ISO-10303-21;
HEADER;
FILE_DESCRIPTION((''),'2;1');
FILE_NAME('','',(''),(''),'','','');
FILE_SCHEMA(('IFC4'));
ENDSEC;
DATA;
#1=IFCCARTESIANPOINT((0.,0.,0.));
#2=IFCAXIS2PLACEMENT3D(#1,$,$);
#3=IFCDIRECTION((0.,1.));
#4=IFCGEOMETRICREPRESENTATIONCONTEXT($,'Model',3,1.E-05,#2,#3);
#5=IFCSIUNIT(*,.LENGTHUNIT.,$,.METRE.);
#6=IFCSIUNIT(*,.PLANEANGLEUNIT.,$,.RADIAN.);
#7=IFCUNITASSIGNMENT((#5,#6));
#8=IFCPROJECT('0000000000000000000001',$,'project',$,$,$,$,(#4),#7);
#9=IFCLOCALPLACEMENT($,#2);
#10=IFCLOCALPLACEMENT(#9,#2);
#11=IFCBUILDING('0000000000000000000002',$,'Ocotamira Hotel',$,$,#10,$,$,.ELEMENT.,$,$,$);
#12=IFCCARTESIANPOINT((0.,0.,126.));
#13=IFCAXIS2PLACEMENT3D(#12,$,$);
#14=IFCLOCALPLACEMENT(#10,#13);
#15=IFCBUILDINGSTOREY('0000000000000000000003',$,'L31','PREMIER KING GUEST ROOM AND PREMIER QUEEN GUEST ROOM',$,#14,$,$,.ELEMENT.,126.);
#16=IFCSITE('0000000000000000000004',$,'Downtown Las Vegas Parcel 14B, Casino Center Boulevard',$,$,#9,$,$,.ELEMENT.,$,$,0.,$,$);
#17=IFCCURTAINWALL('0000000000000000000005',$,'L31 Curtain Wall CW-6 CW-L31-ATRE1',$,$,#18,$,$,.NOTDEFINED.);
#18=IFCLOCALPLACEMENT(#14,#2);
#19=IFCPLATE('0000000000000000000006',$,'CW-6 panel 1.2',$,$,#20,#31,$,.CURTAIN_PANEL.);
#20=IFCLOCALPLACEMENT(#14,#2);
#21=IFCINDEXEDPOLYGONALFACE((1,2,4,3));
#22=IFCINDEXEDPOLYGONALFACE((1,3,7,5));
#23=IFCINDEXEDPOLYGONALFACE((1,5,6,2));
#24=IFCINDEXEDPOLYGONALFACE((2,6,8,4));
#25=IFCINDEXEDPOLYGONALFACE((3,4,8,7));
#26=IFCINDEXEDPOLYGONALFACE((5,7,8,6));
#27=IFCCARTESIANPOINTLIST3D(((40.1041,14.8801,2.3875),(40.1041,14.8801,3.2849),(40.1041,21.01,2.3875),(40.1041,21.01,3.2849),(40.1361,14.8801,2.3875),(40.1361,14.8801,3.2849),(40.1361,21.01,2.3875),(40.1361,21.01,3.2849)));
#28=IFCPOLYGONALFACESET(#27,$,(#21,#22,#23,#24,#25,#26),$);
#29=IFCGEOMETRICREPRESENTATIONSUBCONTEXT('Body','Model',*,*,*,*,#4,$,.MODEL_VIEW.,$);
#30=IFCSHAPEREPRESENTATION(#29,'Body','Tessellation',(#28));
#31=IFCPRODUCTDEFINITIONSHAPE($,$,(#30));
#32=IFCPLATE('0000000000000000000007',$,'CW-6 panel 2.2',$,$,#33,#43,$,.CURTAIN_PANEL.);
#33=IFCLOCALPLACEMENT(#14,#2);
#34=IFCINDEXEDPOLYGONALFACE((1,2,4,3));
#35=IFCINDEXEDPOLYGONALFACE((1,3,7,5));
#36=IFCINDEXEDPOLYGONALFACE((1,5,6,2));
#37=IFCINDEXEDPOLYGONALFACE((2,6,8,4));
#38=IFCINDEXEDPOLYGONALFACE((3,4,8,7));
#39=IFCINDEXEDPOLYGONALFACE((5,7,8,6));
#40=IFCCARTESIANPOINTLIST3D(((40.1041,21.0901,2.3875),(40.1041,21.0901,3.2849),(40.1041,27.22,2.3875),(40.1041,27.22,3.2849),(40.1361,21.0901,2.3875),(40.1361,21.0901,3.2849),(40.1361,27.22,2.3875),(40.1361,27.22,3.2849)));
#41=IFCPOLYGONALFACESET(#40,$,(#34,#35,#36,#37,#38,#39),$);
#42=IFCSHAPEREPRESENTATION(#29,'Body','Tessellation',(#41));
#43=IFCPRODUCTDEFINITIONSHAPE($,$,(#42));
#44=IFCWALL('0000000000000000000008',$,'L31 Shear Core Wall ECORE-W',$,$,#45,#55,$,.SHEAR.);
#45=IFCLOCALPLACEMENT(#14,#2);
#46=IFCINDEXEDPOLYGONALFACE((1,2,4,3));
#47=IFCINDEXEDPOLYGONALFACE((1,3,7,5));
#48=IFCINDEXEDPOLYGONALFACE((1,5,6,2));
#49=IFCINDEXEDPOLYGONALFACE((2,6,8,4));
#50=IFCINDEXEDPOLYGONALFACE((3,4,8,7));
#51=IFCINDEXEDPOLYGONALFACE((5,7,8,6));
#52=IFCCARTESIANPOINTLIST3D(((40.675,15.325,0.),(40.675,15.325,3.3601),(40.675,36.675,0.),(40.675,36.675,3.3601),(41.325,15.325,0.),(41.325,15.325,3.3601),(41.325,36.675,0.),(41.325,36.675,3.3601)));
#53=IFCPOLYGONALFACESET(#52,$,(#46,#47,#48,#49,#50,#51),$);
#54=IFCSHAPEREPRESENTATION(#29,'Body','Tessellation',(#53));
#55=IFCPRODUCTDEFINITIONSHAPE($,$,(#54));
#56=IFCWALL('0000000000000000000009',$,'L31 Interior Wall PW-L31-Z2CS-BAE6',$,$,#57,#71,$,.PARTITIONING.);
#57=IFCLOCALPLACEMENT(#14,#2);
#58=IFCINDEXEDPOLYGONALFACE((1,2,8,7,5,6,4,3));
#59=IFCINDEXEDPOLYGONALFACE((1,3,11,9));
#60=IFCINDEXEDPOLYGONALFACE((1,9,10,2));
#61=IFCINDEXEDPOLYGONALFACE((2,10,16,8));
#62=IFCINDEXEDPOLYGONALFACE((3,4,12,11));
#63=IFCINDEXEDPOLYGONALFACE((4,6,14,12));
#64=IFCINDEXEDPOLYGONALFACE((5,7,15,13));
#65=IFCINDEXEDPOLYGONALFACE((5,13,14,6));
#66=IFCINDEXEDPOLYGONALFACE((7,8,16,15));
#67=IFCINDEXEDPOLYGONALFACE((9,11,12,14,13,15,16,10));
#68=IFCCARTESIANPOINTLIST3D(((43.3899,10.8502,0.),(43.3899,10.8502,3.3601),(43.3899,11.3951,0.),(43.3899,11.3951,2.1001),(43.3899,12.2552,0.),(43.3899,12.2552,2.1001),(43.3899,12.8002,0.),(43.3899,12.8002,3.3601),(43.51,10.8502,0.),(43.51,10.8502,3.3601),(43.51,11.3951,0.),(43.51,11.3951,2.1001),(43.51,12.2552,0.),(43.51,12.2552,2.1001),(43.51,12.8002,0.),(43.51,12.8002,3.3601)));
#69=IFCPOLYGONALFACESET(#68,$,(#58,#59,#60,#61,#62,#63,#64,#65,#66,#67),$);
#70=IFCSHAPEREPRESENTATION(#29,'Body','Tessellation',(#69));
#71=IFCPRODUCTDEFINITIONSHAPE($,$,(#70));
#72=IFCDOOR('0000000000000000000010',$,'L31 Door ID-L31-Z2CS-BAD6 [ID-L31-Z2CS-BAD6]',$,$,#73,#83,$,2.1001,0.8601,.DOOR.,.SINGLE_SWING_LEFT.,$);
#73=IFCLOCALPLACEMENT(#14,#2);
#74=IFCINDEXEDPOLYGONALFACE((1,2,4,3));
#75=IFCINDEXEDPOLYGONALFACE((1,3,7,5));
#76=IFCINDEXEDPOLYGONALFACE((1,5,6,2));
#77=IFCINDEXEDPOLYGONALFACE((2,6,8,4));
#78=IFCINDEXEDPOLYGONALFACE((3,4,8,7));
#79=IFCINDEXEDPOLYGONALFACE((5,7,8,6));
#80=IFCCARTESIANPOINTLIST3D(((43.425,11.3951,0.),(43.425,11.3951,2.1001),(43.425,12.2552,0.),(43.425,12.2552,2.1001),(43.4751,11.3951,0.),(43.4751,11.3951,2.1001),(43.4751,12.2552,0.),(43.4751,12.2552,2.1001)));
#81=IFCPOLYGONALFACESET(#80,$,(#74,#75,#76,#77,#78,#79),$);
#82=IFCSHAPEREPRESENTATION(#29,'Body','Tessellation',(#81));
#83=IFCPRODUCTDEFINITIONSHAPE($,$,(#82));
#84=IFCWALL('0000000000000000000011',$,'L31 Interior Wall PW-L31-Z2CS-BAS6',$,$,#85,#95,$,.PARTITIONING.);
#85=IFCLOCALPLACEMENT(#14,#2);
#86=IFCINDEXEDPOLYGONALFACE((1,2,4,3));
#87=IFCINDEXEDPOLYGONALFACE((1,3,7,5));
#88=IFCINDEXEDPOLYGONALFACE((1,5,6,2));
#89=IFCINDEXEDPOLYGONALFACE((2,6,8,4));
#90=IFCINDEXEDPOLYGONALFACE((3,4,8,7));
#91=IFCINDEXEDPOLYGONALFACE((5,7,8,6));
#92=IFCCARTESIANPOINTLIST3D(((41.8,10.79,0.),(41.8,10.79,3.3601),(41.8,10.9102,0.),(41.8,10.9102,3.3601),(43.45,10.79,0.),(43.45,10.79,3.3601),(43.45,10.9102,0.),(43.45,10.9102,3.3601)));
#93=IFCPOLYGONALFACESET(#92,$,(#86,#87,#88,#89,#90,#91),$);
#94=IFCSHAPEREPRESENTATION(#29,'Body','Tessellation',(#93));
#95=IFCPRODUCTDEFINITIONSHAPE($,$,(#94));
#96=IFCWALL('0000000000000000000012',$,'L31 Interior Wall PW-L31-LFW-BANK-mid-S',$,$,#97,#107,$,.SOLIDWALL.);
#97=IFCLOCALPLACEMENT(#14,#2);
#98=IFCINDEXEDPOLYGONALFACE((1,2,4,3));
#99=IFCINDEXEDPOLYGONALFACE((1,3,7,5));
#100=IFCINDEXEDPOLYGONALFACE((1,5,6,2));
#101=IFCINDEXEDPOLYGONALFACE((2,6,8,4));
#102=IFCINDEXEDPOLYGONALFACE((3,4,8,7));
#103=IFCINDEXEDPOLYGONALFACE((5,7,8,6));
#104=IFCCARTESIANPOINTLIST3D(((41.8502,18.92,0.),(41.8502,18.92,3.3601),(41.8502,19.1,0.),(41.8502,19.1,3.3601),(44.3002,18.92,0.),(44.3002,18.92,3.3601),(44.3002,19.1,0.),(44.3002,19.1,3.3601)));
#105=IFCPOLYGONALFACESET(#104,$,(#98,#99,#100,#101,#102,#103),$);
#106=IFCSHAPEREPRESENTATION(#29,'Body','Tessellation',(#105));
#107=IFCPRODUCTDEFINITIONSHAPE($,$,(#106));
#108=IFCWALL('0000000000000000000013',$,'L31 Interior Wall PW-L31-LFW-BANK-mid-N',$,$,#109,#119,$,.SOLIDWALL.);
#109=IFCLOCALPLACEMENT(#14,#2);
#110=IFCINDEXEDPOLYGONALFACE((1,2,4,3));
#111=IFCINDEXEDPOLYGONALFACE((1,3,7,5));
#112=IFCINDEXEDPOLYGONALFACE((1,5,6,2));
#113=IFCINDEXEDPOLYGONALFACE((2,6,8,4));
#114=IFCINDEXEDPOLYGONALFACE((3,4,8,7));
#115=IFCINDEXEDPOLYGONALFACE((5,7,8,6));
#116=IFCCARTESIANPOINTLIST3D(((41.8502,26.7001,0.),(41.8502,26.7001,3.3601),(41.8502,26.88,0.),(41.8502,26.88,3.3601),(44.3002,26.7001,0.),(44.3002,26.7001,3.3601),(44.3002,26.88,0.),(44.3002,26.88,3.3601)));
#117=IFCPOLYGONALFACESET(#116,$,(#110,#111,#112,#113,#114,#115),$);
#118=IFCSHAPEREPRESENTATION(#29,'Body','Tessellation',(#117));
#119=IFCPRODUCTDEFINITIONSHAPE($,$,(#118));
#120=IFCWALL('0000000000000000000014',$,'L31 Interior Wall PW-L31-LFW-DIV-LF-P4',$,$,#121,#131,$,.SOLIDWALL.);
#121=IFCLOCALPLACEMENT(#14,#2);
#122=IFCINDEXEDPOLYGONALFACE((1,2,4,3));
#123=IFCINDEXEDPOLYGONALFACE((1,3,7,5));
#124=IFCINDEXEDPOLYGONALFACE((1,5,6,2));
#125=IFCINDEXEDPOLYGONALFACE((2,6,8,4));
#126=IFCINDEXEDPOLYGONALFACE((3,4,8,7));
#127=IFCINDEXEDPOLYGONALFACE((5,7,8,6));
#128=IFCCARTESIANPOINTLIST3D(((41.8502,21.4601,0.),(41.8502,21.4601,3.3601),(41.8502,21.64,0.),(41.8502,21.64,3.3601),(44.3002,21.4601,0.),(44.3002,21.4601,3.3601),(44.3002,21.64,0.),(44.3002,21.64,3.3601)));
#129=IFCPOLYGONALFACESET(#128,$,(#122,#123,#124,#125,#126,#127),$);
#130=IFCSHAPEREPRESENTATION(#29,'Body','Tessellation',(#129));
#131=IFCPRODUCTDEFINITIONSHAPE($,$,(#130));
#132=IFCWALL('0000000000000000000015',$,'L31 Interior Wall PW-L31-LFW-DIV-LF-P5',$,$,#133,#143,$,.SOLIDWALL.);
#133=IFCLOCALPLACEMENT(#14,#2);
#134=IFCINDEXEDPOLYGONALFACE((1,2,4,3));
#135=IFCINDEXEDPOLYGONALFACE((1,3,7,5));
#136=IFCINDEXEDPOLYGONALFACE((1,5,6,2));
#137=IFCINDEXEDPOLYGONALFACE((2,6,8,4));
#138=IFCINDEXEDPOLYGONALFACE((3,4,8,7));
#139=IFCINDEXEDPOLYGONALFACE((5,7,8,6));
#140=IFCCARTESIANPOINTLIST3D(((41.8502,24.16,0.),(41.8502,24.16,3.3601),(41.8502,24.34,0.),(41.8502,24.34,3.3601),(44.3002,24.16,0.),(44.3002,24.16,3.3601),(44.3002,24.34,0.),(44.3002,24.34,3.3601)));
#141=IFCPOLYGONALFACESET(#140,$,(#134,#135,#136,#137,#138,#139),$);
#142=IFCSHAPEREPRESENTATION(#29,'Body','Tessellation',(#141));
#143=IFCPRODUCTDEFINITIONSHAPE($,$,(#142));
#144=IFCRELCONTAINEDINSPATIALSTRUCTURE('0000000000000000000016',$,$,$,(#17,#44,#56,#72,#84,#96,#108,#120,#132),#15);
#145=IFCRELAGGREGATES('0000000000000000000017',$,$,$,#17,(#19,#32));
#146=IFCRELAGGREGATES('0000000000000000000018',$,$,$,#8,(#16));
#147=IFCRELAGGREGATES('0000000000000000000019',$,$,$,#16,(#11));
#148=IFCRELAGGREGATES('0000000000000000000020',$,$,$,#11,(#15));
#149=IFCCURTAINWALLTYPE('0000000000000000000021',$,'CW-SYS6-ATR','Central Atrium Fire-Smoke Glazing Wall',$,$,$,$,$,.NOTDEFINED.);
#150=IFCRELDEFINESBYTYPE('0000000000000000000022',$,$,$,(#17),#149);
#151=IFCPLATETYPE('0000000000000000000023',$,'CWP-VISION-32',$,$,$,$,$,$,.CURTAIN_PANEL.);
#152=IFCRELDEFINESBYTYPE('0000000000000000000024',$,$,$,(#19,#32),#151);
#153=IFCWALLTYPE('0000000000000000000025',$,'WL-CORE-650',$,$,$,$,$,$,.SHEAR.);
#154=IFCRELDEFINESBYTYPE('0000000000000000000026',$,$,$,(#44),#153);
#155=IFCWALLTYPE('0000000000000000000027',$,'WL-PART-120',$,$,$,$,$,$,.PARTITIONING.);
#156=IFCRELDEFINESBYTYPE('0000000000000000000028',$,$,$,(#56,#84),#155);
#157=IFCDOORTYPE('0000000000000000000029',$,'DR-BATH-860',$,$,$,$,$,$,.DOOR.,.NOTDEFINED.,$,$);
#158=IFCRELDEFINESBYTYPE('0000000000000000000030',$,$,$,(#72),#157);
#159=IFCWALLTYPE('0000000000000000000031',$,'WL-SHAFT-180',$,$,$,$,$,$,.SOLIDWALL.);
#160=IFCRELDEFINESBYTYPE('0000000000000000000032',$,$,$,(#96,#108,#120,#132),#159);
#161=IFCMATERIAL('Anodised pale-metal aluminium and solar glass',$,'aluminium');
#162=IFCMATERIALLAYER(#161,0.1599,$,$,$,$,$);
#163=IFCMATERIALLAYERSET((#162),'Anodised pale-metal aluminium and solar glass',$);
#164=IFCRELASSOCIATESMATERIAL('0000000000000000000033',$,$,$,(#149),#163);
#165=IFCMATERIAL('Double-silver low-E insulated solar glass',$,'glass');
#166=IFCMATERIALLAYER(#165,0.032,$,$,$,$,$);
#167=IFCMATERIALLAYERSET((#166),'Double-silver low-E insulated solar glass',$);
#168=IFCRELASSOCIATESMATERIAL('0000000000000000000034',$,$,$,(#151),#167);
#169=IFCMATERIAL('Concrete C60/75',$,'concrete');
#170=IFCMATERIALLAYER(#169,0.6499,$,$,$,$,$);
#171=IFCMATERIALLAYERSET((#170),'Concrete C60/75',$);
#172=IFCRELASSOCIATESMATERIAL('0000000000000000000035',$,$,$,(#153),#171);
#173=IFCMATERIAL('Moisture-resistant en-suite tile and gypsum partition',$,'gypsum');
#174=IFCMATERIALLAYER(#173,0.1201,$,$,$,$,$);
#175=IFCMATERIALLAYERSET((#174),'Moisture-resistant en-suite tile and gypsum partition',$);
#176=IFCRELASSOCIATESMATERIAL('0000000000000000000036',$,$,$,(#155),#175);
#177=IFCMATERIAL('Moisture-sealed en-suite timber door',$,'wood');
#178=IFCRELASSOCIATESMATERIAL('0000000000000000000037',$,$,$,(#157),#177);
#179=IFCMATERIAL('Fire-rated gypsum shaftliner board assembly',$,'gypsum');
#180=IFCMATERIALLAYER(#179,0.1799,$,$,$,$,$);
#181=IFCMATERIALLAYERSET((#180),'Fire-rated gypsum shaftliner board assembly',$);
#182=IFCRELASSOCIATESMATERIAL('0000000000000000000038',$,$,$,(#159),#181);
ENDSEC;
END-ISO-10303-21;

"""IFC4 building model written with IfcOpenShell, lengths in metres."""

from ifc_helpers import new_model, si_unit, direction, frame, frame_2d, origin, origin_2d, place, context, subcontext, project, spatial, rectangle, extrude, source, transform, mapped, material, layer, layer_set, type_object, element, fill, aggregate, save


model = new_model("IFC4")

# Units and contexts
model_context = context("Model", 3, precision=1e-05, world=origin(), true_north=direction((0.0, 1.0)))
body_context = subcontext(model_context, "Body", "Model", "MODEL_VIEW")
ifc_project = project(units=[si_unit("LENGTHUNIT", "METRE"), si_unit("PLANEANGLEUNIT", "RADIAN")], contexts=[model_context])

# Site, building, storey
site_placement = place(None, origin())
site = spatial("IfcSite", under=ifc_project, at=site_placement, Name="Downtown Las Vegas Parcel 14B, Casino Center Boulevard", CompositionType="ELEMENT", RefElevation=0.0)
building_placement = place(site_placement, origin())
building = spatial("IfcBuilding", under=site, at=building_placement, Name="Ocotamira Hotel", CompositionType="ELEMENT")
storey_placement = place(building_placement, frame((0.0, 0.0, 126.0)))
storey = spatial("IfcBuildingStorey", under=building, at=storey_placement, Name="L31", Description="PREMIER KING GUEST ROOM AND PREMIER QUEEN GUEST ROOM", CompositionType="ELEMENT", Elevation=126.0)

# Curtain wall
ifc_material_1 = material(Name="Anodised pale-metal aluminium and solar glass", Category="aluminium")
ifc_layer_1 = layer(ifc_material_1, 0.1599)
ifc_layer_set_1 = layer_set([ifc_layer_1], Name="Anodised pale-metal aluminium and solar glass")
curtain_wall_type_1 = type_object("IfcCurtainWallType", Name="CW-SYS6-ATR", Description="Central Atrium Fire-Smoke Glazing Wall", PredefinedType="NOTDEFINED", material=ifc_layer_set_1)
curtain_wall_1_placement = place(storey_placement, origin())
curtain_wall_1 = element("IfcCurtainWall", 1, at=curtain_wall_1_placement, inside=storey, type_object=curtain_wall_type_1, Name="L31 Curtain Wall CW-6 CW-L31-ATRE1", PredefinedType="NOTDEFINED")

# Plates
ifc_material_2 = material(Name="Double-silver low-E insulated solar glass", Category="glass")
ifc_layer_2 = layer(ifc_material_2, 0.032)
ifc_layer_set_2 = layer_set([ifc_layer_2], Name="Double-silver low-E insulated solar glass")
plate_type = type_object("IfcPlateType", Name="CWP-VISION-32", PredefinedType="CURTAIN_PANEL", material=ifc_layer_set_2)
shared_shape_1 = source(origin(), body_context, "Body", "SweptSolid", [
    extrude(rectangle(XDim=6.1299, YDim=0.032, at=origin_2d()), origin(), (0.0, 0.0, 1.0), 0.8975),
])
plate_1_placement = place(storey_placement, frame((40.1201, 17.9451, 2.3875), z_axis=(0.0, 0.0, 1.0), x_axis=(0.0, 1.0, 0.0)))
plate_1 = element("IfcPlate", 2, at=plate_1_placement, type_object=plate_type, Name="CW-6 panel 1.2", PredefinedType="CURTAIN_PANEL", context=body_context, shape_type="MappedRepresentation", body=[
    mapped(shared_shape_1, transform((0.0, 0.0, 0.0), scale=1.0)),
])
plate_2_placement = place(storey_placement, frame((40.1201, 24.155, 2.3875), z_axis=(0.0, 0.0, 1.0), x_axis=(0.0, 1.0, 0.0)))
plate_2 = element("IfcPlate", 3, at=plate_2_placement, type_object=plate_type, Name="CW-6 panel 2.2", PredefinedType="CURTAIN_PANEL", context=body_context, shape_type="MappedRepresentation", body=[
    mapped(shared_shape_1, transform((0.0, 0.0, 0.0), scale=1.0)),
])
aggregate(curtain_wall_1, [plate_1, plate_2])

# Shared definitions
ifc_material_3 = material(Name="Concrete C60/75", Category="concrete")
ifc_layer_3 = layer(ifc_material_3, 0.6499)
ifc_layer_set_3 = layer_set([ifc_layer_3], Name="Concrete C60/75")
wall_type_1 = type_object("IfcWallType", Name="WL-CORE-650", PredefinedType="SHEAR", material=ifc_layer_set_3)

# Wall
wall_1_placement = place(storey_placement, frame((41.0, 15.325, 0.0), z_axis=(0.0, 0.0, 1.0), x_axis=(0.0, 1.0, 0.0)))
element("IfcWall", 4, at=wall_1_placement, inside=storey, type_object=wall_type_1, Name="L31 Shear Core Wall ECORE-W", PredefinedType="SHEAR", context=body_context, shape_type="SweptSolid", body=[
    extrude(rectangle(XDim=21.3501, YDim=0.6499, at=frame_2d((10.675, 0.0))), origin(), (0.0, 0.0, 1.0), 3.3601),
])

# Wall, opening, door
ifc_material_4 = material(Name="Moisture-resistant en-suite tile and gypsum partition", Category="gypsum")
ifc_layer_4 = layer(ifc_material_4, 0.1201)
ifc_layer_set_4 = layer_set([ifc_layer_4], Name="Moisture-resistant en-suite tile and gypsum partition")
wall_type_2 = type_object("IfcWallType", Name="WL-PART-120", PredefinedType="PARTITIONING", material=ifc_layer_set_4)
wall_2_placement = place(storey_placement, frame((43.45, 10.8501, 0.0), z_axis=(0.0, 0.0, 1.0), x_axis=(0.0, 1.0, 0.0)))
wall_2 = element("IfcWall", 5, at=wall_2_placement, inside=storey, type_object=wall_type_2, Name="L31 Interior Wall PW-L31-Z2CS-BAE6", PredefinedType="PARTITIONING", context=body_context, shape_type="SweptSolid", body=[
    extrude(rectangle(XDim=1.95, YDim=0.1201, at=frame_2d((0.9751, 0.0))), origin(), (0.0, 0.0, 1.0), 3.3601),
])
opening_1_placement = place(wall_2_placement, frame((0.5449, 0.0, 0.0)))
opening_1 = element("IfcOpeningElement", 6, at=opening_1_placement, cuts=wall_2, PredefinedType="OPENING", context=body_context, shape_type="SweptSolid", body=[
    extrude(rectangle(XDim=0.8601, YDim=2.1001, at=frame_2d((0.4302, 1.05))), frame((0.0, 0.0701, 0.0), z_axis=(0.0, -1.0, 0.0), x_axis=(1.0, 0.0, 0.0)), (0.0, 0.0, 1.0), 0.1401),
])
ifc_material_5 = material(Name="Moisture-sealed en-suite timber door", Category="wood")
door_type_1 = type_object("IfcDoorType", Name="DR-BATH-860", OperationType="NOTDEFINED", PredefinedType="DOOR", material=ifc_material_5)
shared_shape_2 = source(origin(), body_context, "Body", "SweptSolid", [
    extrude(rectangle(XDim=0.8601, YDim=2.1001, at=frame_2d((0.4302, 1.05))), frame((0.0, 0.0249, 0.0), z_axis=(0.0, -1.0, 0.0), x_axis=(1.0, 0.0, 0.0)), (0.0, 0.0, 1.0), 0.05),
])
door_1_placement = place(opening_1_placement, origin())
door_1 = element("IfcDoor", 7, at=door_1_placement, inside=storey, type_object=door_type_1, Name="L31 Door ID-L31-Z2CS-BAD6 [ID-L31-Z2CS-BAD6]", OperationType="SINGLE_SWING_LEFT", OverallHeight=2.1001, OverallWidth=0.8601, PredefinedType="DOOR", context=body_context, shape_type="MappedRepresentation", body=[
    mapped(shared_shape_2, transform((0.0, 0.0, 0.0), scale=1.0)),
])
fill(opening_1, door_1)

# Walls
wall_3_placement = place(storey_placement, frame((41.8, 10.8501, 0.0), z_axis=(0.0, 0.0, 1.0), x_axis=(1.0, 0.0, 0.0)))
element("IfcWall", 8, at=wall_3_placement, inside=storey, type_object=wall_type_2, Name="L31 Interior Wall PW-L31-Z2CS-BAS6", PredefinedType="PARTITIONING", context=body_context, shape_type="SweptSolid", body=[
    extrude(rectangle(XDim=1.6499, YDim=0.1201, at=frame_2d((0.825, 0.0))), origin(), (0.0, 0.0, 1.0), 3.3601),
])
ifc_material_6 = material(Name="Fire-rated gypsum shaftliner board assembly", Category="gypsum")
ifc_layer_5 = layer(ifc_material_6, 0.1799)
ifc_layer_set_5 = layer_set([ifc_layer_5], Name="Fire-rated gypsum shaftliner board assembly")
wall_type_3 = type_object("IfcWallType", Name="WL-SHAFT-180", PredefinedType="SOLIDWALL", material=ifc_layer_set_5)
for number, where, z_axis, x_axis, name in (
    (9, (41.8501, 19.01, 0.0), (0.0, 0.0, 1.0), (1.0, 0.0, 0.0), "L31 Interior Wall PW-L31-LFW-BANK-mid-S"),
    (10, (41.8501, 26.79, 0.0), (0.0, 0.0, 1.0), (1.0, 0.0, 0.0), "L31 Interior Wall PW-L31-LFW-BANK-mid-N"),
    (11, (41.8501, 21.55, 0.0), (0.0, 0.0, 1.0), (1.0, 0.0, 0.0), "L31 Interior Wall PW-L31-LFW-DIV-LF-P4"),
    (12, (41.8501, 24.25, 0.0), (0.0, 0.0, 1.0), (1.0, 0.0, 0.0), "L31 Interior Wall PW-L31-LFW-DIV-LF-P5"),
):
    element("IfcWall", number, at=place(storey_placement, frame(where, z_axis=z_axis, x_axis=x_axis)), inside=storey, type_object=wall_type_3, Name=name, PredefinedType="SOLIDWALL", context=body_context, shape_type="SweptSolid", body=[
        extrude(rectangle(XDim=2.45, YDim=0.1799, at=frame_2d((1.2251, 0.0))), origin(), (0.0, 0.0, 1.0), 3.3601),
    ])

save(model, "model.ifc")
